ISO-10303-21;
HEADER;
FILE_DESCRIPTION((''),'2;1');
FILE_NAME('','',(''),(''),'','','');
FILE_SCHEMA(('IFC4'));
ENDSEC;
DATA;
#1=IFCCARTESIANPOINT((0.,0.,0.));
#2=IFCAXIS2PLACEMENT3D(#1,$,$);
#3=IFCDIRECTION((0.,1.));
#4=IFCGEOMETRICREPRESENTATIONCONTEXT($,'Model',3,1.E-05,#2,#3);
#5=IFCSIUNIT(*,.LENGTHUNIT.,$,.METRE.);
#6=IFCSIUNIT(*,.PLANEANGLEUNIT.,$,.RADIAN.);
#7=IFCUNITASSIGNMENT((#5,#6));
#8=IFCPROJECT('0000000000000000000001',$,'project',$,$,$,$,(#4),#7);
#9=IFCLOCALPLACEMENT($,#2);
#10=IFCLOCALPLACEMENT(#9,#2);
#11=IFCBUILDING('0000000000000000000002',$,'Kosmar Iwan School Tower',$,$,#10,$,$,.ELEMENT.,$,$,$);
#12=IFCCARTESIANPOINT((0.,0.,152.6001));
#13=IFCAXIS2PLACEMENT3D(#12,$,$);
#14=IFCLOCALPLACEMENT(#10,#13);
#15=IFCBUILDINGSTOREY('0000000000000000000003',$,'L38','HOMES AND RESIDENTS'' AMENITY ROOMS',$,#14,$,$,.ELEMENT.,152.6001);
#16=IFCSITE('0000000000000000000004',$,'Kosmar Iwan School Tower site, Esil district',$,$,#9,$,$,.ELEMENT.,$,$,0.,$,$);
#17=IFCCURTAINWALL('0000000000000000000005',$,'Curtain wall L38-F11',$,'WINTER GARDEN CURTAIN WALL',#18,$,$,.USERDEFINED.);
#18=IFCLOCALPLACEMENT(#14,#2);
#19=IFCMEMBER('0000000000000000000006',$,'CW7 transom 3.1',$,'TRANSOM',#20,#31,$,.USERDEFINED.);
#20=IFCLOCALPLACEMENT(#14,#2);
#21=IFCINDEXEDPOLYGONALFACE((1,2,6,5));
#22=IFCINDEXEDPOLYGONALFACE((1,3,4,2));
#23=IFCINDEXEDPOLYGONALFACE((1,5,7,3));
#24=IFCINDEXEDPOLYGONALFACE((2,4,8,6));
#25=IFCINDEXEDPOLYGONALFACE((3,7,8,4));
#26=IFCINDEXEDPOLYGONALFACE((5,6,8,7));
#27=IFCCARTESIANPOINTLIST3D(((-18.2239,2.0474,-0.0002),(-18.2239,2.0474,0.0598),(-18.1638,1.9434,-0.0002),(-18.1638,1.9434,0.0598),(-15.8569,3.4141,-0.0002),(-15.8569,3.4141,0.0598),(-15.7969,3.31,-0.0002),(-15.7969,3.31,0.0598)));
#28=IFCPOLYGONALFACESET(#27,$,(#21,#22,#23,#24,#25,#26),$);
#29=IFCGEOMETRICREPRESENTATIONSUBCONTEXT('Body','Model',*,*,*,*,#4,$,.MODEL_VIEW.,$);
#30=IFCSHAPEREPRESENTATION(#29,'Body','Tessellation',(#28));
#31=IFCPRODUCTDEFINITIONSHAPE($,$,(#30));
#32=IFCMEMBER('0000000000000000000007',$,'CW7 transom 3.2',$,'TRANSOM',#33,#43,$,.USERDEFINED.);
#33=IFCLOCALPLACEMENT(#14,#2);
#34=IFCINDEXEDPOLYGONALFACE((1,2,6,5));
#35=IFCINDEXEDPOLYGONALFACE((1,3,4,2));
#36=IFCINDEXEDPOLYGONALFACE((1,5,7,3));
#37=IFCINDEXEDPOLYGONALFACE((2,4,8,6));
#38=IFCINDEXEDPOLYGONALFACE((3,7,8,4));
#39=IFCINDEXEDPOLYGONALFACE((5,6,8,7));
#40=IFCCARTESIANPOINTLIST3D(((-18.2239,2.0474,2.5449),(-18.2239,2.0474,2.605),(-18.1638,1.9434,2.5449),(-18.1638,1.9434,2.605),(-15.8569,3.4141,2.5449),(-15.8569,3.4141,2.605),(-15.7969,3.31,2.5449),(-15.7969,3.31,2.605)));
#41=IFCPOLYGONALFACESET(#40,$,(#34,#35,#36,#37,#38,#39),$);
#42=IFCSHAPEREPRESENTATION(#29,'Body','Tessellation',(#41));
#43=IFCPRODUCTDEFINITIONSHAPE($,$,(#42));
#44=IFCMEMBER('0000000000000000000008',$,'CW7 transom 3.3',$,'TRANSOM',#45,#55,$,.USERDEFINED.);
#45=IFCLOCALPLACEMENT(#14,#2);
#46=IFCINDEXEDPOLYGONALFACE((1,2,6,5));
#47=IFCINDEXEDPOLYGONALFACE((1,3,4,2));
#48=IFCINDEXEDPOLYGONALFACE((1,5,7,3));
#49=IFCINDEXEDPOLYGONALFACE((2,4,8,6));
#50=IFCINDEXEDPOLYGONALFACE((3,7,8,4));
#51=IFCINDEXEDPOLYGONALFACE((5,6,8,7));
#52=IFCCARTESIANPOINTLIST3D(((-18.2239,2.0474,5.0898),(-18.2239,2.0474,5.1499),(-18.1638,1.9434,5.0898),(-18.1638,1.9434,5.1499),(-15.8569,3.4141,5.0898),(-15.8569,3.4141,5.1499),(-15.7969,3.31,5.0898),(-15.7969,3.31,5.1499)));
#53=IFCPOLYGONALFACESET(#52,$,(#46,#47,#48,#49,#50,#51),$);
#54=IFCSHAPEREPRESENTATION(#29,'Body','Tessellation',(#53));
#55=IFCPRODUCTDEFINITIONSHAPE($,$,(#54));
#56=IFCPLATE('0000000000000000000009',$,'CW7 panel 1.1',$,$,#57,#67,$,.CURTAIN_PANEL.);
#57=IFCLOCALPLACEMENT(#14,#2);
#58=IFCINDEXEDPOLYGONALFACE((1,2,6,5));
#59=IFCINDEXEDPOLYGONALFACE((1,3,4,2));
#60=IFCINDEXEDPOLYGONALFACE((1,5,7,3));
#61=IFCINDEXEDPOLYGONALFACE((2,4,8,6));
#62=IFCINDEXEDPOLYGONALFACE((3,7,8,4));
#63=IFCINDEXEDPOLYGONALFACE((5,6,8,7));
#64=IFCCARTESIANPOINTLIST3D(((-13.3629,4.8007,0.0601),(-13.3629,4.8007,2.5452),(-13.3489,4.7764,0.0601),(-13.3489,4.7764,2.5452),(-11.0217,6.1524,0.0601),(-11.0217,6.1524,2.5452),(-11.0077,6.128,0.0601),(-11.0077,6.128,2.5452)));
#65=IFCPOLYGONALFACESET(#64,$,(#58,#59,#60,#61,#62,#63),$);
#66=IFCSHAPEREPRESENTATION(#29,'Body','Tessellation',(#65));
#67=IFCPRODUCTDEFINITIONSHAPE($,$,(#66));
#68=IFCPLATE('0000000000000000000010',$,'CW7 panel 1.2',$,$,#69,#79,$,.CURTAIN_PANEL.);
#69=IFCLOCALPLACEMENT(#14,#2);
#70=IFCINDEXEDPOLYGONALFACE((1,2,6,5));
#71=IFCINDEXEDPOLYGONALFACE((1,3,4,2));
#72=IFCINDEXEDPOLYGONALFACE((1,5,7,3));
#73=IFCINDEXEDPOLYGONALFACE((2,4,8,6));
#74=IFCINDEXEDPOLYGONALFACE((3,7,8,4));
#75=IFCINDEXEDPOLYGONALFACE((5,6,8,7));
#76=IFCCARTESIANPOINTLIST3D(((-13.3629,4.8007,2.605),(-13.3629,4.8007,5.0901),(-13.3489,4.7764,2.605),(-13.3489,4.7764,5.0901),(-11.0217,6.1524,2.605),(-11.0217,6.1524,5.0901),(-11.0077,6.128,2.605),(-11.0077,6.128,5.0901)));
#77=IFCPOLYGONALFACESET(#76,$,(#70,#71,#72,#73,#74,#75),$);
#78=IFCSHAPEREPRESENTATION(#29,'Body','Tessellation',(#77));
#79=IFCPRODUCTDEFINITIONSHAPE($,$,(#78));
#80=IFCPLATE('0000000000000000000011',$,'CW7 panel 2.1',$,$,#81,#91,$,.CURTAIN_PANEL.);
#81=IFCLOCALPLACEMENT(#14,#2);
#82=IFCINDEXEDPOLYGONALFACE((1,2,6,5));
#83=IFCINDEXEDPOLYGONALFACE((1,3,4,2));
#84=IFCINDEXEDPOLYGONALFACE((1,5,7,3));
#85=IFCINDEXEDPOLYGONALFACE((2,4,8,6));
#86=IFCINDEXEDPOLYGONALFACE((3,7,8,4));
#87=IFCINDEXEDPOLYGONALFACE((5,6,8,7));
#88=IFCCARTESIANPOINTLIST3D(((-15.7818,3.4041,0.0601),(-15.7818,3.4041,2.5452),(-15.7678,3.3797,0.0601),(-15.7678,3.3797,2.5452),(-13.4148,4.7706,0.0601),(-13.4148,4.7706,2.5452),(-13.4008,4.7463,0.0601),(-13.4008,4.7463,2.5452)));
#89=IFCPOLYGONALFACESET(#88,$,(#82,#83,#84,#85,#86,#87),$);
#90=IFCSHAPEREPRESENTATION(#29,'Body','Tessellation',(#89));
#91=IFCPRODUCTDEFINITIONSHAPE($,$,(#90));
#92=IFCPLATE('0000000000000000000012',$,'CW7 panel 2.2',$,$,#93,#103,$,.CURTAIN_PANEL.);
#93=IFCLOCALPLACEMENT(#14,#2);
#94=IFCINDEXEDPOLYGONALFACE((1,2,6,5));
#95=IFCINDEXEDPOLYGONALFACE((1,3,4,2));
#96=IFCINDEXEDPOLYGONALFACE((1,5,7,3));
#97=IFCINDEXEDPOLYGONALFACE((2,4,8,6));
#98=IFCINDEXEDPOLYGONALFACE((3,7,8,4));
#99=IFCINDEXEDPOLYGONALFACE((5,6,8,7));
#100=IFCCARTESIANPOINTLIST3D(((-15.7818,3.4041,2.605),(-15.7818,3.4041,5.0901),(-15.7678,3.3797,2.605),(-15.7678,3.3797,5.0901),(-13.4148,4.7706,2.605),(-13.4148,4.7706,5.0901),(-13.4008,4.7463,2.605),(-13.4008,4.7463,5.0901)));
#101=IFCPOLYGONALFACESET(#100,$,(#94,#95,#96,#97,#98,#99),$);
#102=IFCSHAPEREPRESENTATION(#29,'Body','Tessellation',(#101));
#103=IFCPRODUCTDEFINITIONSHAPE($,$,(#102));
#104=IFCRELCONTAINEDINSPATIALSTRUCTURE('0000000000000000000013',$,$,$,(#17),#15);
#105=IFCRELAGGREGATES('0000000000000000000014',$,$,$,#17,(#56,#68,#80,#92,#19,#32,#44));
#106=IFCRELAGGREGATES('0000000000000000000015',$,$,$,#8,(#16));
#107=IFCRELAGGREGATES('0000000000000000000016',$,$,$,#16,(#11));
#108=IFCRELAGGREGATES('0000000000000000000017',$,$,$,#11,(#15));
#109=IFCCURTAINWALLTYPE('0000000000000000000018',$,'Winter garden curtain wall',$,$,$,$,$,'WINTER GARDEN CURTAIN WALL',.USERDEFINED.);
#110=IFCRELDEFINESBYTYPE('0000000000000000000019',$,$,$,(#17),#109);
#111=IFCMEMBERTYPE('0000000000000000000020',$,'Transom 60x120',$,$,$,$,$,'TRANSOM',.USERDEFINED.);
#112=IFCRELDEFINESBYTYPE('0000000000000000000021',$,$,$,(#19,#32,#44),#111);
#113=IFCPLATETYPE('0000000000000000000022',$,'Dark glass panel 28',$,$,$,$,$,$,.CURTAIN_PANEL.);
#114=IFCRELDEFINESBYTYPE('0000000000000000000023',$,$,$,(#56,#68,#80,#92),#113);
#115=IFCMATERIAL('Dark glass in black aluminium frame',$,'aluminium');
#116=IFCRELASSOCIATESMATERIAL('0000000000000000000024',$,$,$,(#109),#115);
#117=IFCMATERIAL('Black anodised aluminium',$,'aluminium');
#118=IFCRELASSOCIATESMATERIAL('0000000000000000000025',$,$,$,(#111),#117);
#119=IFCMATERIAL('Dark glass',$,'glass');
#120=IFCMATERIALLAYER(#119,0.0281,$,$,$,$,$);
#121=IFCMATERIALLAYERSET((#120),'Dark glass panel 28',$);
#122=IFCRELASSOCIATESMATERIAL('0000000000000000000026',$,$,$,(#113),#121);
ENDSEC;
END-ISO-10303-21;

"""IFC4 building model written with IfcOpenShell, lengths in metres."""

from ifc_helpers import new_model, si_unit, direction, frame, origin, origin_2d, place, context, subcontext, project, spatial, rectangle, extrude, material, layer, layer_set, material_profile, profile_set, type_object, element, aggregate, save


model = new_model("IFC4")

# Units and contexts
model_context = context("Model", 3, precision=1e-05, world=origin(), true_north=direction((0.0, 1.0)))
body_context = subcontext(model_context, "Body", "Model", "MODEL_VIEW")
ifc_project = project(units=[si_unit("LENGTHUNIT", "METRE"), si_unit("PLANEANGLEUNIT", "RADIAN")], contexts=[model_context])

# Site, building, storey
site_placement = place(None, origin())
site = spatial("IfcSite", under=ifc_project, at=site_placement, Name="Kosmar Iwan School Tower site, Esil district", CompositionType="ELEMENT", RefElevation=0.0)
building_placement = place(site_placement, origin())
building = spatial("IfcBuilding", under=site, at=building_placement, Name="Kosmar Iwan School Tower", CompositionType="ELEMENT")
storey_placement = place(building_placement, frame((0.0, 0.0, 152.6001)))
storey = spatial("IfcBuildingStorey", under=building, at=storey_placement, Name="L38", Description="HOMES AND RESIDENTS' AMENITY ROOMS", CompositionType="ELEMENT", Elevation=152.6001)

# Shared definitions
ifc_material_1 = material(Name="Dark glass in black aluminium frame", Category="aluminium")
curtain_wall_type = type_object("IfcCurtainWallType", Name="Winter garden curtain wall", ElementType="WINTER GARDEN CURTAIN WALL", PredefinedType="USERDEFINED", material=ifc_material_1)

# Curtain wall
curtain_wall_1_placement = place(storey_placement, origin())
curtain_wall_1 = element("IfcCurtainWall", 1, at=curtain_wall_1_placement, inside=storey, type_object=curtain_wall_type, Name="Curtain wall L38-F11", ObjectType="WINTER GARDEN CURTAIN WALL", PredefinedType="USERDEFINED")

# Members
ifc_material_2 = material(Name="Black anodised aluminium", Category="aluminium")
ifc_material_profile_1 = material_profile(ifc_material_2, rectangle(XDim=0.1201, YDim=0.0601, at=origin_2d()), Name="TRANSOM 60x120")
ifc_profile_set_1 = profile_set([ifc_material_profile_1], Name="Black anodised aluminium")
member_type_1 = type_object("IfcMemberType", Name="Transom 60x120", ElementType="TRANSOM", PredefinedType="USERDEFINED", material=ifc_profile_set_1)
member_1_placement = place(storey_placement, frame((-15.8269, 3.3621, 0.0298), z_axis=(-0.866003, -0.500039, 0.0), x_axis=(0.500039, -0.866003, 0.0)))
member_1 = element("IfcMember", 2, at=member_1_placement, type_object=member_type_1, Name="CW7 transom 3.1", ObjectType="TRANSOM", PredefinedType="USERDEFINED", context=body_context, shape_type="SweptSolid", body=[
    extrude(rectangle(XDim=0.1201, YDim=0.0601, at=origin_2d()), origin(), (0.0, 0.0, 1.0), 2.7332),
])
member_2_placement = place(storey_placement, frame((-15.8269, 3.3621, 2.575), z_axis=(-0.866003, -0.500039, 0.0), x_axis=(0.500039, -0.866003, 0.0)))
member_2 = element("IfcMember", 3, at=member_2_placement, type_object=member_type_1, Name="CW7 transom 3.2", ObjectType="TRANSOM", PredefinedType="USERDEFINED", context=body_context, shape_type="SweptSolid", body=[
    extrude(rectangle(XDim=0.1201, YDim=0.0601, at=origin_2d()), origin(), (0.0, 0.0, 1.0), 2.7332),
])
member_3_placement = place(storey_placement, frame((-15.8269, 3.3621, 5.1199), z_axis=(-0.866003, -0.500039, 0.0), x_axis=(0.500039, -0.866003, 0.0)))
member_3 = element("IfcMember", 4, at=member_3_placement, type_object=member_type_1, Name="CW7 transom 3.3", ObjectType="TRANSOM", PredefinedType="USERDEFINED", context=body_context, shape_type="SweptSolid", body=[
    extrude(rectangle(XDim=0.1201, YDim=0.0601, at=origin_2d()), origin(), (0.0, 0.0, 1.0), 2.7332),
])

# Plates
ifc_material_3 = material(Name="Dark glass", Category="glass")
ifc_layer = layer(ifc_material_3, 0.0281)
ifc_layer_set = layer_set([ifc_layer], Name="Dark glass panel 28")
plate_type = type_object("IfcPlateType", Name="Dark glass panel 28", PredefinedType="CURTAIN_PANEL", material=ifc_layer_set)
plate_1_placement = place(storey_placement, frame((-12.1853, 5.4644, 0.0601), z_axis=(0.0, 0.0, 1.0), x_axis=(-0.866025, -0.5, 0.0)))
plate_1 = element("IfcPlate", 5, at=plate_1_placement, type_object=plate_type, Name="CW7 panel 1.1", PredefinedType="CURTAIN_PANEL", context=body_context, shape_type="SweptSolid", body=[
    extrude(rectangle(XDim=2.7034, YDim=0.0281, at=origin_2d()), origin(), (0.0, 0.0, 1.0), 2.4851),
])
plate_2_placement = place(storey_placement, frame((-12.1853, 5.4644, 2.605), z_axis=(0.0, 0.0, 1.0), x_axis=(-0.866025, -0.5, 0.0)))
plate_2 = element("IfcPlate", 6, at=plate_2_placement, type_object=plate_type, Name="CW7 panel 1.2", PredefinedType="CURTAIN_PANEL", context=body_context, shape_type="SweptSolid", body=[
    extrude(rectangle(XDim=2.7034, YDim=0.0281, at=origin_2d()), origin(), (0.0, 0.0, 1.0), 2.4851),
])
plate_3_placement = place(storey_placement, frame((-14.5913, 4.0752, 0.0601), z_axis=(0.0, 0.0, 1.0), x_axis=(-0.866025, -0.5, 0.0)))
plate_3 = element("IfcPlate", 7, at=plate_3_placement, type_object=plate_type, Name="CW7 panel 2.1", PredefinedType="CURTAIN_PANEL", context=body_context, shape_type="SweptSolid", body=[
    extrude(rectangle(XDim=2.7332, YDim=0.0281, at=origin_2d()), origin(), (0.0, 0.0, 1.0), 2.4851),
])
plate_4_placement = place(storey_placement, frame((-14.5913, 4.0752, 2.605), z_axis=(0.0, 0.0, 1.0), x_axis=(-0.866025, -0.5, 0.0)))
plate_4 = element("IfcPlate", 8, at=plate_4_placement, type_object=plate_type, Name="CW7 panel 2.2", PredefinedType="CURTAIN_PANEL", context=body_context, shape_type="SweptSolid", body=[
    extrude(rectangle(XDim=2.7332, YDim=0.0281, at=origin_2d()), origin(), (0.0, 0.0, 1.0), 2.4851),
])
aggregate(curtain_wall_1, [plate_1, plate_2, plate_3, plate_4, member_1, member_2, member_3])

save(model, "model.ifc")
